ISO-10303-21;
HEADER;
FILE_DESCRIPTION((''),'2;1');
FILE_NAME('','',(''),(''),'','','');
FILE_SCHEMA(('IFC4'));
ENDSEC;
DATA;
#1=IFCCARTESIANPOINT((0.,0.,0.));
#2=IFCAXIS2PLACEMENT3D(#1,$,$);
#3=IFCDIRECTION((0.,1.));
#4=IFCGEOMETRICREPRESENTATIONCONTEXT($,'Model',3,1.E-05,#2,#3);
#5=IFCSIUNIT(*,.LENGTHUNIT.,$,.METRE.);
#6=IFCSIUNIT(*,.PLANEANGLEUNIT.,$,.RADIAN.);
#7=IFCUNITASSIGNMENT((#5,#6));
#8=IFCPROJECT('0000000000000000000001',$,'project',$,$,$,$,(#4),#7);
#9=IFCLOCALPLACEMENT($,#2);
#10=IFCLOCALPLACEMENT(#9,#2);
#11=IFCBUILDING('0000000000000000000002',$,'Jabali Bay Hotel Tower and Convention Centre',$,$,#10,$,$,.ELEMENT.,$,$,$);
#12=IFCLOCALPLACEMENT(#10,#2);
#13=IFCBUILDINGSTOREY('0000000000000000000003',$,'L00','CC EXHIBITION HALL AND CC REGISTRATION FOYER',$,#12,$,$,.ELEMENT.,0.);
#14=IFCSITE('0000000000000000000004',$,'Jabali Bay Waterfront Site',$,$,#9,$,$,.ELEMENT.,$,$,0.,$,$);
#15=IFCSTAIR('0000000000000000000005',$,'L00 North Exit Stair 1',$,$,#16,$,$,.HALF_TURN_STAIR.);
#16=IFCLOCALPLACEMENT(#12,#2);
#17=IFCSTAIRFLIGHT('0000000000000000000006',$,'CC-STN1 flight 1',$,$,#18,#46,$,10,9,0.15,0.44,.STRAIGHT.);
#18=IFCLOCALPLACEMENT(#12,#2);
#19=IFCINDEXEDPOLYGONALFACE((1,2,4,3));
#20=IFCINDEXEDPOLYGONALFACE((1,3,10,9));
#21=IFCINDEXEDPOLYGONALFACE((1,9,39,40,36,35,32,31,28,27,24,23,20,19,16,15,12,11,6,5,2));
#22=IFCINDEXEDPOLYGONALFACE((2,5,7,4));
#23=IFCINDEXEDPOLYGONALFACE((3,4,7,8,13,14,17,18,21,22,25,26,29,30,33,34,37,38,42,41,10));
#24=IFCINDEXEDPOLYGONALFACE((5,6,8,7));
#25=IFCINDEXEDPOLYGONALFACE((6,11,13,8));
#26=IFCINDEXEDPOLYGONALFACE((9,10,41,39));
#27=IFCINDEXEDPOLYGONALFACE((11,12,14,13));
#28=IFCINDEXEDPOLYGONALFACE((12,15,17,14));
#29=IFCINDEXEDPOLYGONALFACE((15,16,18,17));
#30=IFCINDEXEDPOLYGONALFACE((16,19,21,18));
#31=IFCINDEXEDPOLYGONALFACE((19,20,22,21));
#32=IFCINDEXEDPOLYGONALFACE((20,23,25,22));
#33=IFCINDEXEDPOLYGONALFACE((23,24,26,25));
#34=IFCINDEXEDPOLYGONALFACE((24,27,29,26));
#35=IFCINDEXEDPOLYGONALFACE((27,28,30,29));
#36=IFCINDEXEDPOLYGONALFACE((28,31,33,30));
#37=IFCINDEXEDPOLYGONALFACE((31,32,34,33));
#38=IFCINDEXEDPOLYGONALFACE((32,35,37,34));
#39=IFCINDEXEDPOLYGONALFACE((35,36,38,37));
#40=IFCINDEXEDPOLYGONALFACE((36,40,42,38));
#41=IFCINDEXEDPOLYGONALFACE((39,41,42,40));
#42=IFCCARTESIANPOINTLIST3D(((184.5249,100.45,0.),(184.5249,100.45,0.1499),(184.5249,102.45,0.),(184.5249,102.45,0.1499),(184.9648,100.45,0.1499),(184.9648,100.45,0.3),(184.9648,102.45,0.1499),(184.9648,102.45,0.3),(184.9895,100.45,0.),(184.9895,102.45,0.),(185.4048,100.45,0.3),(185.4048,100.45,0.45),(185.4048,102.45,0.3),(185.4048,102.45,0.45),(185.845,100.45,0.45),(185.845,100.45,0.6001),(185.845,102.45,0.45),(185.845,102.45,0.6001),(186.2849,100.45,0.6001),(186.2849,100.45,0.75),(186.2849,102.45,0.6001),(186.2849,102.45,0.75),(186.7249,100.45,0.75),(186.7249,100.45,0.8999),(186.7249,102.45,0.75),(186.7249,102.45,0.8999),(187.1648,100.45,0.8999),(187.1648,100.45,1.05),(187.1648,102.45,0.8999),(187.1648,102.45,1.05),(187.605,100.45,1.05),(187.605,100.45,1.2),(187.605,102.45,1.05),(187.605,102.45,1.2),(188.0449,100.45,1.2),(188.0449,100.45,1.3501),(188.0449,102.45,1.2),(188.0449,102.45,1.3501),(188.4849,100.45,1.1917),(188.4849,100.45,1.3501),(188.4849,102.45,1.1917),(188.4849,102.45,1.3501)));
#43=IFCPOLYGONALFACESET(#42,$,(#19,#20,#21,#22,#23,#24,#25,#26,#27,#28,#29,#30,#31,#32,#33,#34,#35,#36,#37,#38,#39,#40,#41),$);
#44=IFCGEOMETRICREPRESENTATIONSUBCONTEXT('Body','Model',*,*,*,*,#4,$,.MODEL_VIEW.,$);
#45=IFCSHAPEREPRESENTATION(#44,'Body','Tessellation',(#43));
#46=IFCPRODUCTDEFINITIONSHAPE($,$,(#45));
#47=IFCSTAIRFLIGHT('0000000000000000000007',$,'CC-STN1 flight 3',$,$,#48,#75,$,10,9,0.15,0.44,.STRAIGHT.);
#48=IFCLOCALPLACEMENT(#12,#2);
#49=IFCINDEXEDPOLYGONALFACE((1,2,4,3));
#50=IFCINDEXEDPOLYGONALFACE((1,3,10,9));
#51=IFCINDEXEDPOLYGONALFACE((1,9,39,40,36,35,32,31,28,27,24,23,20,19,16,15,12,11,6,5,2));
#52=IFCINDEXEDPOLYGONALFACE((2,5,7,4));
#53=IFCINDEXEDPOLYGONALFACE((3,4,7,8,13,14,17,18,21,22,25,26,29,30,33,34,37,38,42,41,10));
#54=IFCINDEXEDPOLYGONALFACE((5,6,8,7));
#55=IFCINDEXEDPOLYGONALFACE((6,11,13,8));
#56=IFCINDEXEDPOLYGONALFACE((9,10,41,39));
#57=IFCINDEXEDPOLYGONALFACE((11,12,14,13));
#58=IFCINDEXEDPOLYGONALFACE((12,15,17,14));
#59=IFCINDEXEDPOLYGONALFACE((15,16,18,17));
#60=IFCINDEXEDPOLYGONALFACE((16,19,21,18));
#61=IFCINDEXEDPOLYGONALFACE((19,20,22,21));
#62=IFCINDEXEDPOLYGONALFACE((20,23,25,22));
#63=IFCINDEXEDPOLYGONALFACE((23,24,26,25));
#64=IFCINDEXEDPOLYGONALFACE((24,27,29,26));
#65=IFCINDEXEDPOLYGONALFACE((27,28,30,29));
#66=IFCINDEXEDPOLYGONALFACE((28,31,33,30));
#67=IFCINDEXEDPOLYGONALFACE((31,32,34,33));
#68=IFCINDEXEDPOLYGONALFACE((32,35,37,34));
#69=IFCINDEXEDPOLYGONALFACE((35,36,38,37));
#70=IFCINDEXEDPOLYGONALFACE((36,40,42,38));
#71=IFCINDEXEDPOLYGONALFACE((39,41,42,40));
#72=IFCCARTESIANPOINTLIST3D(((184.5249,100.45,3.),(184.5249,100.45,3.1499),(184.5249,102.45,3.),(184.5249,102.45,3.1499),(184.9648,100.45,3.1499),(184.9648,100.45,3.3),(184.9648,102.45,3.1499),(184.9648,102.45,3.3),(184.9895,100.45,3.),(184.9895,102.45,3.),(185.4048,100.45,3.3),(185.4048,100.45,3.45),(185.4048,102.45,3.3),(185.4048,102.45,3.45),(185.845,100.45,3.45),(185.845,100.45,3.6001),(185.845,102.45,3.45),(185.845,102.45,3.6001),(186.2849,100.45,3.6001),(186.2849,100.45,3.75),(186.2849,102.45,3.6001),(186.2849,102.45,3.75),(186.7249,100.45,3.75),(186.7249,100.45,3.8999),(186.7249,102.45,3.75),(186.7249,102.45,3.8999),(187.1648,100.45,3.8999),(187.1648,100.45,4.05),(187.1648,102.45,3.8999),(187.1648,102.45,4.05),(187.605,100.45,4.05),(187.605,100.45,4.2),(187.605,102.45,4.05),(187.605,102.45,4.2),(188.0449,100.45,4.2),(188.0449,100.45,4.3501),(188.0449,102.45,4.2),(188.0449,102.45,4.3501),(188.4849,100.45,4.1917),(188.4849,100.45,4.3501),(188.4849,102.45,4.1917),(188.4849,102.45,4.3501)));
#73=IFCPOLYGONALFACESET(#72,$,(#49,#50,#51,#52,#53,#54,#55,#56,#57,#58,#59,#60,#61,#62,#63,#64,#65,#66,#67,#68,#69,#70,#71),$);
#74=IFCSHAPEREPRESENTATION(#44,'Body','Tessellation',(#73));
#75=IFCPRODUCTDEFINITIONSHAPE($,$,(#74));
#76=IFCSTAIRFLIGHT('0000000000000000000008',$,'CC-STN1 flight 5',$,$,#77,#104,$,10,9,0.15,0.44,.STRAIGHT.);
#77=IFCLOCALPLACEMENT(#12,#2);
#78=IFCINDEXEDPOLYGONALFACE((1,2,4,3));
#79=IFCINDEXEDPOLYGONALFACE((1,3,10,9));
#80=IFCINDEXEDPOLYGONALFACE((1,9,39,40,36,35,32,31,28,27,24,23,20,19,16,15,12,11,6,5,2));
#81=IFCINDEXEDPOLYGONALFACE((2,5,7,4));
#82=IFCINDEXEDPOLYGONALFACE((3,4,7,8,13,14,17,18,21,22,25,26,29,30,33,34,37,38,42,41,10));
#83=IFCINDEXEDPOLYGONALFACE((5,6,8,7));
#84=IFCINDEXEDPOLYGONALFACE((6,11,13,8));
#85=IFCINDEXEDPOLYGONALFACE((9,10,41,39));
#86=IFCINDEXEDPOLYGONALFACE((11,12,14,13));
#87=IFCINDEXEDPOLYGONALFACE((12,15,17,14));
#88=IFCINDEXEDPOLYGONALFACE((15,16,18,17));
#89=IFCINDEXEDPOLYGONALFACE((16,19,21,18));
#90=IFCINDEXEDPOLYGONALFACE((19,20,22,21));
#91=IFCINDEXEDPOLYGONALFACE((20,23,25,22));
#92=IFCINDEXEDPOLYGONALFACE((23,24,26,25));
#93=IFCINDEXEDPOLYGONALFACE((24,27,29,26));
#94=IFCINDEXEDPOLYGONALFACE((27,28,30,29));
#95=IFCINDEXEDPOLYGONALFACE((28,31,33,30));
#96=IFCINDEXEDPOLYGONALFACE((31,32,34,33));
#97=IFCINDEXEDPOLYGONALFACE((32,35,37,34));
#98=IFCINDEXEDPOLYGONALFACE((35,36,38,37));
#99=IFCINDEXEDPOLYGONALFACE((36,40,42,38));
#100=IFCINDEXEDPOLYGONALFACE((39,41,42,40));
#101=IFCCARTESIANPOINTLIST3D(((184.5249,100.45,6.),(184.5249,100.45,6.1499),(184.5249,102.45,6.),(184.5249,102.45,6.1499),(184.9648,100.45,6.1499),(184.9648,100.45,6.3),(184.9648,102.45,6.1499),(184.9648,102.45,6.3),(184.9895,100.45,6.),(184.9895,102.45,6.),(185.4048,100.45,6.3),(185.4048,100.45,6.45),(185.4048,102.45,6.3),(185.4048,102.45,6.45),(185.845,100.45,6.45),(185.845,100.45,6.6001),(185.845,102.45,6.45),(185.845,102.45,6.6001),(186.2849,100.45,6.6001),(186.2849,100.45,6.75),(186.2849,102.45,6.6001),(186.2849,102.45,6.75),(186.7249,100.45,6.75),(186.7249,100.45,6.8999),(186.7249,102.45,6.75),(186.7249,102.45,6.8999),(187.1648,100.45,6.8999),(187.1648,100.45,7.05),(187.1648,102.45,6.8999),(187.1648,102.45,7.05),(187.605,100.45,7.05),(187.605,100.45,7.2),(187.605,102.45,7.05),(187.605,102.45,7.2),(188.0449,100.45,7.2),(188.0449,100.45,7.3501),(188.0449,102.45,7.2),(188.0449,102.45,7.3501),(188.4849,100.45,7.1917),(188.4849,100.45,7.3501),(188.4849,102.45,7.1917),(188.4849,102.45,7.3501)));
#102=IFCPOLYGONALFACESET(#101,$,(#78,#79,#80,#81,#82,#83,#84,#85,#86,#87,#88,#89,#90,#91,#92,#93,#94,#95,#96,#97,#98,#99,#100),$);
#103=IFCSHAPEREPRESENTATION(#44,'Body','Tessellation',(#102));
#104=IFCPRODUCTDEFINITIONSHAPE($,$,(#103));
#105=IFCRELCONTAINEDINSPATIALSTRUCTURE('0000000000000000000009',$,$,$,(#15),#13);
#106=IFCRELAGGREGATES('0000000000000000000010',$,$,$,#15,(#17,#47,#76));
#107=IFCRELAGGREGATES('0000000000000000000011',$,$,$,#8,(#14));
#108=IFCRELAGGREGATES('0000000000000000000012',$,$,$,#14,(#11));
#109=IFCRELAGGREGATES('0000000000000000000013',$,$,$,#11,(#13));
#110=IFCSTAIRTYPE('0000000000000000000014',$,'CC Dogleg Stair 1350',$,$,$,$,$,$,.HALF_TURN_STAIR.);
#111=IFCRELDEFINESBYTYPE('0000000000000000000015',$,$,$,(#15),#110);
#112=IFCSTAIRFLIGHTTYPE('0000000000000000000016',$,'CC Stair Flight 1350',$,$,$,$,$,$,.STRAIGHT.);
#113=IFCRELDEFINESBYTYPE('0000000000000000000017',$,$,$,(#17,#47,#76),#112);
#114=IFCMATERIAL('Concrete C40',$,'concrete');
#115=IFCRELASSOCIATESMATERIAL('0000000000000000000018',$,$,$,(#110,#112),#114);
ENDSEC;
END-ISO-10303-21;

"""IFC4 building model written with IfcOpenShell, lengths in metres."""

from ifc_helpers import new_model, si_unit, direction, frame, origin, place, context, subcontext, project, spatial, polyline, outline, extrude, material, type_object, element, aggregate, save


model = new_model("IFC4")

# Units and contexts
model_context = context("Model", 3, precision=1e-05, world=origin(), true_north=direction((0.0, 1.0)))
body_context = subcontext(model_context, "Body", "Model", "MODEL_VIEW")
ifc_project = project(units=[si_unit("LENGTHUNIT", "METRE"), si_unit("PLANEANGLEUNIT", "RADIAN")], contexts=[model_context])

# Site, building, storey
site_placement = place(None, origin())
site = spatial("IfcSite", under=ifc_project, at=site_placement, Name="Jabali Bay Waterfront Site", CompositionType="ELEMENT", RefElevation=0.0)
building_placement = place(site_placement, origin())
building = spatial("IfcBuilding", under=site, at=building_placement, Name="Jabali Bay Hotel Tower and Convention Centre", CompositionType="ELEMENT")
storey_placement = place(building_placement, origin())
storey = spatial("IfcBuildingStorey", under=building, at=storey_placement, Name="L00", Description="CC EXHIBITION HALL AND CC REGISTRATION FOYER", CompositionType="ELEMENT", Elevation=0.0)

# Shared definitions
ifc_material_1 = material(Name="Concrete C40", Category="concrete")

# Stair, stair flights
stair_type = type_object("IfcStairType", Name="CC Dogleg Stair 1350", PredefinedType="HALF_TURN_STAIR", material=ifc_material_1)
stair_flight_type = type_object("IfcStairFlightType", Name="CC Stair Flight 1350", PredefinedType="STRAIGHT", material=ifc_material_1)
stair_1_placement = place(storey_placement, origin())
stair_1 = element("IfcStair", 1, at=stair_1_placement, inside=storey, type_object=stair_type, Name="L00 North Exit Stair 1", PredefinedType="HALF_TURN_STAIR")
stair_flight_1_placement = place(storey_placement, frame((184.5249, 101.45, 0.0), z_axis=(0.0, 0.0, 1.0), x_axis=(1.0, 0.0, 0.0)))
stair_flight_1 = element("IfcStairFlight", 2, at=stair_flight_1_placement, type_object=stair_flight_type, Name="CC-STN1 flight 1", NumberOfRisers=10, NumberOfTreads=9, PredefinedType="STRAIGHT", RiserHeight=0.15, TreadLength=0.44, context=body_context, shape_type="SweptSolid", body=[
    extrude(outline(polyline([(0.0, 0.0), (0.0, 0.1499), (0.4399, 0.1499), (0.4399, 0.3), (0.8799, 0.3), (0.8799, 0.45), (1.3201, 0.45), (1.3201, 0.6001), (1.76, 0.6001), (1.76, 0.75), (2.2, 0.75), (2.2, 0.8999), (2.6399, 0.8999), (2.6399, 1.05), (3.0801, 1.05), (3.0801, 1.2), (3.52, 1.2), (3.52, 1.3501), (3.96, 1.3501), (3.96, 1.5), (3.96, 1.1917), (0.4646, 0.0), (0.0, 0.0)])), frame((0.0, 1.0, 0.0), z_axis=(0.0, -1.0, 0.0), x_axis=(1.0, 0.0, 0.0)), (0.0, 0.0, 1.0), 2.0),
])
stair_flight_2_placement = place(storey_placement, frame((184.5249, 101.45, 3.0), z_axis=(0.0, 0.0, 1.0), x_axis=(1.0, 0.0, 0.0)))
stair_flight_2 = element("IfcStairFlight", 3, at=stair_flight_2_placement, type_object=stair_flight_type, Name="CC-STN1 flight 3", NumberOfRisers=10, NumberOfTreads=9, PredefinedType="STRAIGHT", RiserHeight=0.15, TreadLength=0.44, context=body_context, shape_type="SweptSolid", body=[
    extrude(outline(polyline([(0.0, 0.0), (0.0, 0.1499), (0.4399, 0.1499), (0.4399, 0.3), (0.8799, 0.3), (0.8799, 0.45), (1.3201, 0.45), (1.3201, 0.6001), (1.76, 0.6001), (1.76, 0.75), (2.2, 0.75), (2.2, 0.8999), (2.6399, 0.8999), (2.6399, 1.05), (3.0801, 1.05), (3.0801, 1.2), (3.52, 1.2), (3.52, 1.3501), (3.96, 1.3501), (3.96, 1.5), (3.96, 1.1917), (0.4646, 0.0), (0.0, 0.0)])), frame((0.0, 1.0, 0.0), z_axis=(0.0, -1.0, 0.0), x_axis=(1.0, 0.0, 0.0)), (0.0, 0.0, 1.0), 2.0),
])
stair_flight_3_placement = place(storey_placement, frame((184.5249, 101.45, 6.0), z_axis=(0.0, 0.0, 1.0), x_axis=(1.0, 0.0, 0.0)))
stair_flight_3 = element("IfcStairFlight", 4, at=stair_flight_3_placement, type_object=stair_flight_type, Name="CC-STN1 flight 5", NumberOfRisers=10, NumberOfTreads=9, PredefinedType="STRAIGHT", RiserHeight=0.15, TreadLength=0.44, context=body_context, shape_type="SweptSolid", body=[
    extrude(outline(polyline([(0.0, 0.0), (0.0, 0.1499), (0.4399, 0.1499), (0.4399, 0.3), (0.8799, 0.3), (0.8799, 0.45), (1.3201, 0.45), (1.3201, 0.6001), (1.76, 0.6001), (1.76, 0.75), (2.2, 0.75), (2.2, 0.8999), (2.6399, 0.8999), (2.6399, 1.05), (3.0801, 1.05), (3.0801, 1.2), (3.52, 1.2), (3.52, 1.3501), (3.96, 1.3501), (3.96, 1.5), (3.96, 1.1917), (0.4646, 0.0), (0.0, 0.0)])), frame((0.0, 1.0, 0.0), z_axis=(0.0, -1.0, 0.0), x_axis=(1.0, 0.0, 0.0)), (0.0, 0.0, 1.0), 2.0),
])
aggregate(stair_1, [stair_flight_1, stair_flight_2, stair_flight_3])

save(model, "model.ifc")
